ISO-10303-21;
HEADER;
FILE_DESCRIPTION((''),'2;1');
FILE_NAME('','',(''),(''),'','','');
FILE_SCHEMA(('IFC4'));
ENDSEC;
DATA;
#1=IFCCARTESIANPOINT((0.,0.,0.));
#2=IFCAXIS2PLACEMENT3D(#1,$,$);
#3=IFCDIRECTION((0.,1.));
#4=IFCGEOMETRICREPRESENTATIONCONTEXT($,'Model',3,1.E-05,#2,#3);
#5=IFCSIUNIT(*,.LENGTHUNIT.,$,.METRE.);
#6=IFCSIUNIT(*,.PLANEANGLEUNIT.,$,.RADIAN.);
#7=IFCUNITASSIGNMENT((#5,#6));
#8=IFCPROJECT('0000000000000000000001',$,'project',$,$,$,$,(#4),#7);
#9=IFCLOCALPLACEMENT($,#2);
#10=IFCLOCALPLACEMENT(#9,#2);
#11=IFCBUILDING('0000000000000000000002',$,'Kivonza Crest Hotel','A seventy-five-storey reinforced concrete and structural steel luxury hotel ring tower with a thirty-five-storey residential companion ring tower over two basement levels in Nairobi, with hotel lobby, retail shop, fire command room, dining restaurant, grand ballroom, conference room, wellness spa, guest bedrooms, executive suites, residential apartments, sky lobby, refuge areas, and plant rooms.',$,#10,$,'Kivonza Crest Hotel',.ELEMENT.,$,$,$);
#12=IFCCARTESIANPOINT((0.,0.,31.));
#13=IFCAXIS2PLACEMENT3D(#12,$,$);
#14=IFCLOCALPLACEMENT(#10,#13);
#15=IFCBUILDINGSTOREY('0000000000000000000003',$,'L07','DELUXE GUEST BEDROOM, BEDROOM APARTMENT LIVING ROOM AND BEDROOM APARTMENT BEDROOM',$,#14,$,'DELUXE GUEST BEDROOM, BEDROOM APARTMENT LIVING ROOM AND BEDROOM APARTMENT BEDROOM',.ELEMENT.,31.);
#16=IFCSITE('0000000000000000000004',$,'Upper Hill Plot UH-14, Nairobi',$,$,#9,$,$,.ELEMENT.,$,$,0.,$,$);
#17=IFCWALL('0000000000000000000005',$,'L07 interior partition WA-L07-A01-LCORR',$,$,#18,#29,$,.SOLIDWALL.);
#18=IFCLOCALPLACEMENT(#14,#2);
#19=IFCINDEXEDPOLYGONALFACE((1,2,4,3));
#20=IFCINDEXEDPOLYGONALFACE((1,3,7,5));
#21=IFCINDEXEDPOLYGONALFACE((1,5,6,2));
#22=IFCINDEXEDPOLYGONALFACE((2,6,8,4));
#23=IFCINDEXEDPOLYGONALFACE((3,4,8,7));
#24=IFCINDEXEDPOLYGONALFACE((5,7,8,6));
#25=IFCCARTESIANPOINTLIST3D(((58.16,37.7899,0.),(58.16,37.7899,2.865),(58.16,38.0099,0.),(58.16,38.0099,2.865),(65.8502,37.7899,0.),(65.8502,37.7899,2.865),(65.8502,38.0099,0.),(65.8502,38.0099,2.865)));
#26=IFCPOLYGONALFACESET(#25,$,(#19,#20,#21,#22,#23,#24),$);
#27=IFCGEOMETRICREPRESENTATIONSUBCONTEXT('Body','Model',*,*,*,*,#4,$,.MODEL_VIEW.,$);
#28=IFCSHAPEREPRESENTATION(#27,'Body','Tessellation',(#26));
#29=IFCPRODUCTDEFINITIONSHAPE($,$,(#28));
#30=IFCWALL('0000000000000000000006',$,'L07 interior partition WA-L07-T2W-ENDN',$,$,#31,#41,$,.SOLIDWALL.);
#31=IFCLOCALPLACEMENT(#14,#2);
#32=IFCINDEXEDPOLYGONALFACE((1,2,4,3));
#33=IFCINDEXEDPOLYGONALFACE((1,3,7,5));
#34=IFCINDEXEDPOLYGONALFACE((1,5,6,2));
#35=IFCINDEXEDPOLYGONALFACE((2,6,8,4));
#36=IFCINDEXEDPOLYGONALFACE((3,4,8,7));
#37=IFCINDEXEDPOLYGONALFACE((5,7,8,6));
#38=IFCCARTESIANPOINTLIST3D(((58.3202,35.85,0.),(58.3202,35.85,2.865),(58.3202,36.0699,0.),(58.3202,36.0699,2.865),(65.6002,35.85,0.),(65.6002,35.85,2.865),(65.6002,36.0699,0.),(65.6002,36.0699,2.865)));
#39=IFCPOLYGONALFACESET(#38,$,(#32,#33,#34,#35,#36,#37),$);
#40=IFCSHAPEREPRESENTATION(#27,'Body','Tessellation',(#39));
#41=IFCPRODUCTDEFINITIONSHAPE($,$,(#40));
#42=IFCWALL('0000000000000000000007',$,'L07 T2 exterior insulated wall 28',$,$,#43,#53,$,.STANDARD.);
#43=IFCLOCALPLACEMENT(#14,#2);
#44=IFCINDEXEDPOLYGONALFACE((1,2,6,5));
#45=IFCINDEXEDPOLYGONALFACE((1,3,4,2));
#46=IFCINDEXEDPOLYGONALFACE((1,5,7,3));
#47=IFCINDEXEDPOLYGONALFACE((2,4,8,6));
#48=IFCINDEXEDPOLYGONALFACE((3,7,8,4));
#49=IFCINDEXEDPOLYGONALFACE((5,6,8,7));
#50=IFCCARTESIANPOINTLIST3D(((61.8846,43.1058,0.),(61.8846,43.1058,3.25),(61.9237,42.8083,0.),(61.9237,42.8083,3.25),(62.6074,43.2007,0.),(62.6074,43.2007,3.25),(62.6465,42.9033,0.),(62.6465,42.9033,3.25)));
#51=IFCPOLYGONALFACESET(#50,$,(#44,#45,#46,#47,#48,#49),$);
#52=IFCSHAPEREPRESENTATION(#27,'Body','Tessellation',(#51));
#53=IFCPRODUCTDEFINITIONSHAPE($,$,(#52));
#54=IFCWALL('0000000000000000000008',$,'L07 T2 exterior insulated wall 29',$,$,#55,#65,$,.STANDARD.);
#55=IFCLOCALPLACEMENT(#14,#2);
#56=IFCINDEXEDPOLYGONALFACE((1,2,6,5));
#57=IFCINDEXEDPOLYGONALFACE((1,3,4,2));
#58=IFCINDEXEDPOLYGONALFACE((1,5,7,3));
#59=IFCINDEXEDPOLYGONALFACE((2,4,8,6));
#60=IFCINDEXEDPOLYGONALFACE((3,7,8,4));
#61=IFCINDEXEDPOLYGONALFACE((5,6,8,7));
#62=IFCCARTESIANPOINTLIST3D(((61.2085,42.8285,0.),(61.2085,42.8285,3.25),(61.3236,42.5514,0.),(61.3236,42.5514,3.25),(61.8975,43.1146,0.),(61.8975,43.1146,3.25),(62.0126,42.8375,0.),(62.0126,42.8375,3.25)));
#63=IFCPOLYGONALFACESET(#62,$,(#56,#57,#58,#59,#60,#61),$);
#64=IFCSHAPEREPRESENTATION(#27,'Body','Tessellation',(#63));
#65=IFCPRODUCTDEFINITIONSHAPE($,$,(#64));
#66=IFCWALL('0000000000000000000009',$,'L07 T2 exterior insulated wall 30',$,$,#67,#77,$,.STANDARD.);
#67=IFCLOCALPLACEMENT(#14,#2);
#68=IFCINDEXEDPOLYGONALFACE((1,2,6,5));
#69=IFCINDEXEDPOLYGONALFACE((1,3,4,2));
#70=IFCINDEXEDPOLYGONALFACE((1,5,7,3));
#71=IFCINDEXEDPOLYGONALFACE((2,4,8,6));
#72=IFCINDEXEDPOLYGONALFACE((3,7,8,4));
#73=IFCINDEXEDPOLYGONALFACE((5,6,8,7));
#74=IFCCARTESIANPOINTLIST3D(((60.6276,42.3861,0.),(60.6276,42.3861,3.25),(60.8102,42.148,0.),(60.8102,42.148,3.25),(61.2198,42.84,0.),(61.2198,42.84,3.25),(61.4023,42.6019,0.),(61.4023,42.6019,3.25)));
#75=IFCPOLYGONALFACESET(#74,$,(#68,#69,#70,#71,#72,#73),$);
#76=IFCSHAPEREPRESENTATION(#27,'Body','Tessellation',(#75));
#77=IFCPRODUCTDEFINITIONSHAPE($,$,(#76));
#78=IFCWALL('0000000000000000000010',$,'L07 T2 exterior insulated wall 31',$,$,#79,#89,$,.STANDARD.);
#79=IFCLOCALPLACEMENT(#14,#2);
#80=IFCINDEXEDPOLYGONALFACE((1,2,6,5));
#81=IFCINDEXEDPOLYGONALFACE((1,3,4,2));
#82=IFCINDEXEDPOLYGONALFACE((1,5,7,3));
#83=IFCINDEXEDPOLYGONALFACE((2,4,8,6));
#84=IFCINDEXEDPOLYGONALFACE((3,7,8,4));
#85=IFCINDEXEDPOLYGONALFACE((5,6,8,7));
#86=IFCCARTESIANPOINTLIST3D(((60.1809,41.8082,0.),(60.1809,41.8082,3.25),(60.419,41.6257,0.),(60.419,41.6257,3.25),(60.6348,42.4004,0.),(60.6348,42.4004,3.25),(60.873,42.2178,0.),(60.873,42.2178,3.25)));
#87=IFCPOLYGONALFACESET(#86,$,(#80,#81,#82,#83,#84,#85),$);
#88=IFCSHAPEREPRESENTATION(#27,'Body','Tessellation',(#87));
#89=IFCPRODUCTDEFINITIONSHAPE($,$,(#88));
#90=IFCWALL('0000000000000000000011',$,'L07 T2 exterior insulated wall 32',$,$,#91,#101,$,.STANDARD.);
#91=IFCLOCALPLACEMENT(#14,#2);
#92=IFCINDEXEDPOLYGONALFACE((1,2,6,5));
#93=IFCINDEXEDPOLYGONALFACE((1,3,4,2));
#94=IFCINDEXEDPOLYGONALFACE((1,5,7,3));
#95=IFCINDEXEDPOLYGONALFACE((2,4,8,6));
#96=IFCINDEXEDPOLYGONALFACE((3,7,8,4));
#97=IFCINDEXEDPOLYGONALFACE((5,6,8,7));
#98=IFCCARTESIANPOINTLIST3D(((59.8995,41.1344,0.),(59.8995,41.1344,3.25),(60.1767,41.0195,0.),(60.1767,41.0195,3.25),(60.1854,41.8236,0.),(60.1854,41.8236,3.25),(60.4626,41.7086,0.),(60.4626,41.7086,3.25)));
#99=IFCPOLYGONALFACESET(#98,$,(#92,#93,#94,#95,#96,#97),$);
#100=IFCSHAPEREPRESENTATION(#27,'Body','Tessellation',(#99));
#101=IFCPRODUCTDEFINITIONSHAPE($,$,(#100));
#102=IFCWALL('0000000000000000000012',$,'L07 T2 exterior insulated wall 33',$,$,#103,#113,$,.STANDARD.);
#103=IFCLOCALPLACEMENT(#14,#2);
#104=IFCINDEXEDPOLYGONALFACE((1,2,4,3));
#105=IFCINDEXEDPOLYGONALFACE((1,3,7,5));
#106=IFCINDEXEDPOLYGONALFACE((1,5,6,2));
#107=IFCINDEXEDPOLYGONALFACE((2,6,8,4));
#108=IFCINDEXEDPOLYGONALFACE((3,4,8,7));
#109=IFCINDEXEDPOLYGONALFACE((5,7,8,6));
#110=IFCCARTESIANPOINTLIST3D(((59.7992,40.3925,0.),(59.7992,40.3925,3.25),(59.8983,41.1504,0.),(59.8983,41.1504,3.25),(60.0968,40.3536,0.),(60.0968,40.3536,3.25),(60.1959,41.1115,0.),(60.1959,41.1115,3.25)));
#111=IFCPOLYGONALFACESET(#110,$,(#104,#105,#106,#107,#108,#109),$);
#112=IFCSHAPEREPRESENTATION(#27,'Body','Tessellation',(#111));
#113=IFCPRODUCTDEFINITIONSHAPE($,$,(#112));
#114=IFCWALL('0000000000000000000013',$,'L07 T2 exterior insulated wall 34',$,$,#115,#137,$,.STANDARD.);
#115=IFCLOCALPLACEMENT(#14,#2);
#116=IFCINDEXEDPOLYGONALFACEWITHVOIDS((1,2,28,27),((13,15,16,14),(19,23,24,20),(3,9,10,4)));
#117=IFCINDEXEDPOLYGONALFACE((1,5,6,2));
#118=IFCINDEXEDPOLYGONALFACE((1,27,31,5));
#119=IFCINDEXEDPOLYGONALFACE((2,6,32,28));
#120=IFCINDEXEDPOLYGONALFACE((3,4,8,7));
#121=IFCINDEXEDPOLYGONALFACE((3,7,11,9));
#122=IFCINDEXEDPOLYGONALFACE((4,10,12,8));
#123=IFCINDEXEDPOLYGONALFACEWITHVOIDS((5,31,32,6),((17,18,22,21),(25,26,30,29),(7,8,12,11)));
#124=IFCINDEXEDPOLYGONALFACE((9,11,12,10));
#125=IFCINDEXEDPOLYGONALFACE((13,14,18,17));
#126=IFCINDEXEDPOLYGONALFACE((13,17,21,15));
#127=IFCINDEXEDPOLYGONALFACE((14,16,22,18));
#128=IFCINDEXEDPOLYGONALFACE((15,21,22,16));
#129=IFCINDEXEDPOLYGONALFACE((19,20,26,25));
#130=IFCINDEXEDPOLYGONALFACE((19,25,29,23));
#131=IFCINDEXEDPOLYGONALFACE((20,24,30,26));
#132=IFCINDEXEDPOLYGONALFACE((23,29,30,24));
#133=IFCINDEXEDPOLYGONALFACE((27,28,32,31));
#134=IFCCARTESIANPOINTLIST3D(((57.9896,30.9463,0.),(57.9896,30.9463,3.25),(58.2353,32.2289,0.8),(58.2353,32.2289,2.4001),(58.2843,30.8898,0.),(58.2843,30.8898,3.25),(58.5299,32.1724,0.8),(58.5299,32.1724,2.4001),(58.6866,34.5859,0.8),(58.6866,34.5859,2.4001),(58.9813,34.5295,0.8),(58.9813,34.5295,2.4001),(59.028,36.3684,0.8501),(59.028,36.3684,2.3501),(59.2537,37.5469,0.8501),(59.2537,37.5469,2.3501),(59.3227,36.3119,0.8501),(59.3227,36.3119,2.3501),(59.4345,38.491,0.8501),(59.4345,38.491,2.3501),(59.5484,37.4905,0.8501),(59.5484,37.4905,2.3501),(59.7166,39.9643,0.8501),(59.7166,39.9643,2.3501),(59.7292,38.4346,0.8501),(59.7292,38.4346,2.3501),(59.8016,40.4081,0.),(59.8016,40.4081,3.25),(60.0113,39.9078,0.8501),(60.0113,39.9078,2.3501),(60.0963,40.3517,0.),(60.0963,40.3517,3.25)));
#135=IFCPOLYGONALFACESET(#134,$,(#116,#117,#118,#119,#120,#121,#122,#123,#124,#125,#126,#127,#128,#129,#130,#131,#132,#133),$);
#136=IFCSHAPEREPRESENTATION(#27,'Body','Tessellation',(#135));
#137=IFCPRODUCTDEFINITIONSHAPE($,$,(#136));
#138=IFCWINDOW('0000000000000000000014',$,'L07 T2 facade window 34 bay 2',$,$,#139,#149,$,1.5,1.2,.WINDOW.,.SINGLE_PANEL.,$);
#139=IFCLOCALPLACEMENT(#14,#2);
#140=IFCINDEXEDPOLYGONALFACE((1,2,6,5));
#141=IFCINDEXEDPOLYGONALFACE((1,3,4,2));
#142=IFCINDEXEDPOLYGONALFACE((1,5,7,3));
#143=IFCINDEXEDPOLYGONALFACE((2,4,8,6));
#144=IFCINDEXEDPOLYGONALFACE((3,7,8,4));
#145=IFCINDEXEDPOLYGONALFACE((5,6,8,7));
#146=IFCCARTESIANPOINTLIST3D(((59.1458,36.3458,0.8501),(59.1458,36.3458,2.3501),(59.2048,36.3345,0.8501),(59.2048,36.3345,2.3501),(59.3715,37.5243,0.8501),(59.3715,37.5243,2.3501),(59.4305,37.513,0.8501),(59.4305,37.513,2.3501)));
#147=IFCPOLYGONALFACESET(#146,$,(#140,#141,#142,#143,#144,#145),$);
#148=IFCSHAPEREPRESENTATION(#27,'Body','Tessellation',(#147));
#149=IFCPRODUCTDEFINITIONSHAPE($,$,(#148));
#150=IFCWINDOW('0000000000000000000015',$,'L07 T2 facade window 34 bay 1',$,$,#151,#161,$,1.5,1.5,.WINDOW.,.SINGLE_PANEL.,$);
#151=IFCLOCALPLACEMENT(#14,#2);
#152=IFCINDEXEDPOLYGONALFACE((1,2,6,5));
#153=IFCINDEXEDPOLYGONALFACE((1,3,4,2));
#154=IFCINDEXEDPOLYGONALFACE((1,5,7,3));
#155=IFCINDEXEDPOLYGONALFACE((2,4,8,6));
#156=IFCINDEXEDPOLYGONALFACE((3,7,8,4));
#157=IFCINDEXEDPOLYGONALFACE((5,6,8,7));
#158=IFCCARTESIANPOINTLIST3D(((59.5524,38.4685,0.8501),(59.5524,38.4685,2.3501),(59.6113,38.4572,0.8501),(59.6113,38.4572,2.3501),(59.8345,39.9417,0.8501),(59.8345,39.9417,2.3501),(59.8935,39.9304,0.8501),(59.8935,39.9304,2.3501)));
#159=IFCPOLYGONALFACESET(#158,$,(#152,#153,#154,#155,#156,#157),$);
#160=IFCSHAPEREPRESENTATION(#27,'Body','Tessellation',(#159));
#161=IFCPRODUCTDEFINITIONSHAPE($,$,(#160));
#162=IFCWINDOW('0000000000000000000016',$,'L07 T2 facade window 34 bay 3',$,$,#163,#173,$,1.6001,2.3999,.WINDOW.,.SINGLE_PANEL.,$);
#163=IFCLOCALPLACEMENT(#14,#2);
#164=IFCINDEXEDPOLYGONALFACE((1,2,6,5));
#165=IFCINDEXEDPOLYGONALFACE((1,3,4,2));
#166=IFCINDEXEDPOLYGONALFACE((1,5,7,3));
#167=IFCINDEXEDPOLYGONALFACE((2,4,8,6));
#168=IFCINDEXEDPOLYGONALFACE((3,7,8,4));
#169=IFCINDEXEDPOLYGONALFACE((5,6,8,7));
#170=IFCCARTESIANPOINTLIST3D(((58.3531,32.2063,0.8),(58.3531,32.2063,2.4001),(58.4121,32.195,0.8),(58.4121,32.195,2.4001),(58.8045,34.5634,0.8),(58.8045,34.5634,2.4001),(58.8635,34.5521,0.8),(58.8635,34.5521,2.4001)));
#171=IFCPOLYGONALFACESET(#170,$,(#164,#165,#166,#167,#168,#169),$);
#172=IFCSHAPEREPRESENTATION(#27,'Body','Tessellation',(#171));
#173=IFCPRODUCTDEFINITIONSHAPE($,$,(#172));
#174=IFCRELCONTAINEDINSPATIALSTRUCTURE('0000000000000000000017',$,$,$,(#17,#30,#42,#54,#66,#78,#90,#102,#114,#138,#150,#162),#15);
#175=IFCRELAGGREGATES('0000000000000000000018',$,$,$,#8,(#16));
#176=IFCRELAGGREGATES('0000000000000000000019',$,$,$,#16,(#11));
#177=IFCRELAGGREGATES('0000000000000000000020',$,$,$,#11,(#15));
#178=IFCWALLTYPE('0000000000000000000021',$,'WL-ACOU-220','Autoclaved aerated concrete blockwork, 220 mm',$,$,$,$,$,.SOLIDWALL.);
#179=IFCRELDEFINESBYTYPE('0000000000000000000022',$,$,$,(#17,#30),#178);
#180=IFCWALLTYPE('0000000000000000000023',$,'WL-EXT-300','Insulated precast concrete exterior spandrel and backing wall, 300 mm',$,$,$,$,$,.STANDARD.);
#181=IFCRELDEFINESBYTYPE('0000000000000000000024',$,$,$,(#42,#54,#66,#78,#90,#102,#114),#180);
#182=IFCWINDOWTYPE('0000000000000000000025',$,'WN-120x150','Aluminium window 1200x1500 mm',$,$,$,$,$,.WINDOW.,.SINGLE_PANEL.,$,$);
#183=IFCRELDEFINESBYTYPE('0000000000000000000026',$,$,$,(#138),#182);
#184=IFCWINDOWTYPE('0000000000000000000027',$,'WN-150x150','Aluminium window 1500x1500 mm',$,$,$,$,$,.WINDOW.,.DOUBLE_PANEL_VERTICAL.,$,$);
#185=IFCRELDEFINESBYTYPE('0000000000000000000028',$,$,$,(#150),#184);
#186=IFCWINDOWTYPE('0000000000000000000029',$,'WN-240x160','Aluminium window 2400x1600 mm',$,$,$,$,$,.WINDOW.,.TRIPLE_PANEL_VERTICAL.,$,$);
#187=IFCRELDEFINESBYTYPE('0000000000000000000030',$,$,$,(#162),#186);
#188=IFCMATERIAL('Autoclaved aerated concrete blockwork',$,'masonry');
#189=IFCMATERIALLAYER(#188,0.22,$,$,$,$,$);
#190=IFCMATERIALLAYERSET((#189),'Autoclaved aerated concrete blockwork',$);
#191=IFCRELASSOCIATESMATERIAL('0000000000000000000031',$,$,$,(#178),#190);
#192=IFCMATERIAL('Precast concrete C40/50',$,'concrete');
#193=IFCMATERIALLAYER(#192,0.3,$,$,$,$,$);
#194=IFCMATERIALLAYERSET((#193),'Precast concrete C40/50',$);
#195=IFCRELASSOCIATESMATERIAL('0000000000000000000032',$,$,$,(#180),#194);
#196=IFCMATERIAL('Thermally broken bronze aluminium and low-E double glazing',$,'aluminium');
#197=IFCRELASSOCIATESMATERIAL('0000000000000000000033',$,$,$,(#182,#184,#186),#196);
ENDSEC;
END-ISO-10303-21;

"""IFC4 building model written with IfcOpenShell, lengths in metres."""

from ifc_helpers import new_model, si_unit, direction, frame, frame_2d, origin, place, context, subcontext, project, spatial, rectangle, extrude, material, layer, layer_set, type_object, element, fill, save


model = new_model("IFC4")

# Units and contexts
model_context = context("Model", 3, precision=1e-05, world=origin(), true_north=direction((0.0, 1.0)))
body_context = subcontext(model_context, "Body", "Model", "MODEL_VIEW")
ifc_project = project(units=[si_unit("LENGTHUNIT", "METRE"), si_unit("PLANEANGLEUNIT", "RADIAN")], contexts=[model_context])

# Site, building, storey
site_placement = place(None, origin())
site = spatial("IfcSite", under=ifc_project, at=site_placement, Name="Upper Hill Plot UH-14, Nairobi", CompositionType="ELEMENT", RefElevation=0.0)
building_placement = place(site_placement, origin())
building = spatial("IfcBuilding", under=site, at=building_placement, Name="Kivonza Crest Hotel", Description="A seventy-five-storey reinforced concrete and structural steel luxury hotel ring tower with a thirty-five-storey residential companion ring tower over two basement levels in Nairobi, with hotel lobby, retail shop, fire command room, dining restaurant, grand ballroom, conference room, wellness spa, guest bedrooms, executive suites, residential apartments, sky lobby, refuge areas, and plant rooms.", LongName="Kivonza Crest Hotel", CompositionType="ELEMENT")
storey_placement = place(building_placement, frame((0.0, 0.0, 31.0)))
storey = spatial("IfcBuildingStorey", under=building, at=storey_placement, Name="L07", Description="DELUXE GUEST BEDROOM, BEDROOM APARTMENT LIVING ROOM AND BEDROOM APARTMENT BEDROOM", LongName="DELUXE GUEST BEDROOM, BEDROOM APARTMENT LIVING ROOM AND BEDROOM APARTMENT BEDROOM", CompositionType="ELEMENT", Elevation=31.0)

# Walls
ifc_material_1 = material(Name="Autoclaved aerated concrete blockwork", Category="masonry")
ifc_layer_1 = layer(ifc_material_1, 0.22)
ifc_layer_set_1 = layer_set([ifc_layer_1], Name="Autoclaved aerated concrete blockwork")
wall_type_1 = type_object("IfcWallType", Name="WL-ACOU-220", Description="Autoclaved aerated concrete blockwork, 220 mm", PredefinedType="SOLIDWALL", material=ifc_layer_set_1)
wall_1_placement = place(storey_placement, frame((58.1599, 37.8999, 0.0), z_axis=(0.0, 0.0, 1.0), x_axis=(1.0, 0.0, 0.0)))
element("IfcWall", 1, at=wall_1_placement, inside=storey, type_object=wall_type_1, Name="L07 interior partition WA-L07-A01-LCORR", PredefinedType="SOLIDWALL", context=body_context, shape_type="SweptSolid", body=[
    extrude(rectangle(XDim=7.6902, YDim=0.22, at=frame_2d((3.8452, 0.0))), origin(), (0.0, 0.0, 1.0), 2.865),
])
wall_2_placement = place(storey_placement, frame((58.3201, 35.96, 0.0), z_axis=(0.0, 0.0, 1.0), x_axis=(1.0, 0.0, 0.0)))
element("IfcWall", 2, at=wall_2_placement, inside=storey, type_object=wall_type_1, Name="L07 interior partition WA-L07-T2W-ENDN", PredefinedType="SOLIDWALL", context=body_context, shape_type="SweptSolid", body=[
    extrude(rectangle(XDim=7.28, YDim=0.22, at=frame_2d((3.6401, 0.0))), origin(), (0.0, 0.0, 1.0), 2.865),
])
ifc_material_2 = material(Name="Precast concrete C40/50", Category="concrete")
ifc_layer_2 = layer(ifc_material_2, 0.3)
ifc_layer_set_2 = layer_set([ifc_layer_2], Name="Precast concrete C40/50")
wall_type_2 = type_object("IfcWallType", Name="WL-EXT-300", Description="Insulated precast concrete exterior spandrel and backing wall, 300 mm", PredefinedType="STANDARD", material=ifc_layer_set_2)
wall_3_placement = place(storey_placement, frame((62.627, 43.052, 0.0), z_axis=(0.0, 0.0, 1.0), x_axis=(-0.99148, -0.130255, 0.0)))
element("IfcWall", 3, at=wall_3_placement, inside=storey, type_object=wall_type_2, Name="L07 T2 exterior insulated wall 28", PredefinedType="STANDARD", context=body_context, shape_type="SweptSolid", body=[
    extrude(rectangle(XDim=0.729, YDim=0.3, at=frame_2d((0.3645, 0.0))), origin(), (0.0, 0.0, 1.0), 3.25),
])
for number, where, z_axis, x_axis, name in (
    (4, (61.9551, 42.9761, 0.0), (0.0, 0.0, 1.0), (-0.923522, -0.383546, 0.0), "L07 T2 exterior insulated wall 29"),
    (5, (61.311, 42.7209, 0.0), (0.0, 0.0, 1.0), (-0.793633, -0.608397, 0.0), "L07 T2 exterior insulated wall 30"),
    (6, (60.7539, 42.3091, 0.0), (0.0, 0.0, 1.0), (-0.608397, -0.793633, 0.0), "L07 T2 exterior insulated wall 31"),
    (7, (60.324, 41.7661, 0.0), (0.0, 0.0, 1.0), (-0.383151, -0.923686, 0.0), "L07 T2 exterior insulated wall 32"),
):
    element("IfcWall", number, at=place(storey_placement, frame(where, z_axis=z_axis, x_axis=x_axis)), inside=storey, type_object=wall_type_2, Name=name, PredefinedType="STANDARD", context=body_context, shape_type="SweptSolid", body=[
        extrude(rectangle(XDim=0.7461, YDim=0.3, at=frame_2d((0.373, 0.0))), origin(), (0.0, 0.0, 1.0), 3.25),
    ])
wall_4_placement = place(storey_placement, frame((60.0471, 41.1311, 0.0), z_axis=(0.0, 0.0, 1.0), x_axis=(-0.129653, -0.991559, 0.0)))
element("IfcWall", 8, at=wall_4_placement, inside=storey, type_object=wall_type_2, Name="L07 T2 exterior insulated wall 33", PredefinedType="STANDARD", context=body_context, shape_type="SweptSolid", body=[
    extrude(rectangle(XDim=0.7644, YDim=0.3, at=frame_2d((0.3823, 0.0))), origin(), (0.0, 0.0, 1.0), 3.25),
])

# Wall, openings, windows
wall_5_placement = place(storey_placement, frame((59.949, 40.3799, 0.0), z_axis=(0.0, 0.0, 1.0), x_axis=(-0.188088, -0.982152, 0.0)))
wall_5 = element("IfcWall", 9, at=wall_5_placement, inside=storey, type_object=wall_type_2, Name="L07 T2 exterior insulated wall 34", PredefinedType="STANDARD", context=body_context, shape_type="SweptSolid", body=[
    extrude(rectangle(XDim=9.6338, YDim=0.3, at=frame_2d((4.8169, 0.0))), origin(), (0.0, 0.0, 1.0), 3.25),
])
opening_1_placement = place(wall_5_placement, frame((0.4519, 0.0, 0.8501)))
opening_1 = element("IfcOpeningElement", 10, at=opening_1_placement, cuts=wall_5, PredefinedType="OPENING", context=body_context, shape_type="SweptSolid", body=[
    extrude(rectangle(XDim=1.5, YDim=1.5, at=frame_2d((0.75, 0.75))), frame((0.0, 0.1602, 0.0), z_axis=(0.0, -1.0, 0.0), x_axis=(1.0, 0.0, 0.0)), (0.0, 0.0, 1.0), 0.3201),
])
opening_2_placement = place(wall_5_placement, frame((2.9131, 0.0, 0.8501)))
opening_2 = element("IfcOpeningElement", 11, at=opening_2_placement, cuts=wall_5, PredefinedType="OPENING", context=body_context, shape_type="SweptSolid", body=[
    extrude(rectangle(XDim=1.2, YDim=1.5, at=frame_2d((0.6001, 0.75))), frame((0.0, 0.1602, 0.0), z_axis=(0.0, -1.0, 0.0), x_axis=(1.0, 0.0, 0.0)), (0.0, 0.0, 1.0), 0.3201),
])
opening_3_placement = place(wall_5_placement, frame((5.928, 0.0, 0.8)))
opening_3 = element("IfcOpeningElement", 12, at=opening_3_placement, cuts=wall_5, PredefinedType="OPENING", context=body_context, shape_type="SweptSolid", body=[
    extrude(rectangle(XDim=2.3999, YDim=1.6001, at=frame_2d((1.2, 0.8))), frame((0.0, 0.1602, 0.0), z_axis=(0.0, -1.0, 0.0), x_axis=(1.0, 0.0, 0.0)), (0.0, 0.0, 1.0), 0.3201),
])
ifc_material_3 = material(Name="Thermally broken bronze aluminium and low-E double glazing", Category="aluminium")
window_type_1 = type_object("IfcWindowType", Name="WN-120x150", Description="Aluminium window 1200x1500 mm", PartitioningType="SINGLE_PANEL", PredefinedType="WINDOW", material=ifc_material_3)
window_1_placement = place(opening_2_placement, origin())
window_1 = element("IfcWindow", 13, at=window_1_placement, inside=storey, type_object=window_type_1, Name="L07 T2 facade window 34 bay 2", OverallHeight=1.5, OverallWidth=1.2, PartitioningType="SINGLE_PANEL", PredefinedType="WINDOW", context=body_context, shape_type="SweptSolid", body=[
    extrude(rectangle(XDim=1.2, YDim=1.5, at=frame_2d((0.6001, 0.75))), frame((0.0, 0.03, 0.0), z_axis=(0.0, -1.0, 0.0), x_axis=(1.0, 0.0, 0.0)), (0.0, 0.0, 1.0), 0.0601),
])
fill(opening_2, window_1)
window_type_2 = type_object("IfcWindowType", Name="WN-150x150", Description="Aluminium window 1500x1500 mm", PartitioningType="DOUBLE_PANEL_VERTICAL", PredefinedType="WINDOW", material=ifc_material_3)
window_2_placement = place(opening_1_placement, origin())
window_2 = element("IfcWindow", 14, at=window_2_placement, inside=storey, type_object=window_type_2, Name="L07 T2 facade window 34 bay 1", OverallHeight=1.5, OverallWidth=1.5, PartitioningType="SINGLE_PANEL", PredefinedType="WINDOW", context=body_context, shape_type="SweptSolid", body=[
    extrude(rectangle(XDim=1.5, YDim=1.5, at=frame_2d((0.75, 0.75))), frame((0.0, 0.03, 0.0), z_axis=(0.0, -1.0, 0.0), x_axis=(1.0, 0.0, 0.0)), (0.0, 0.0, 1.0), 0.0601),
])
fill(opening_1, window_2)
window_type_3 = type_object("IfcWindowType", Name="WN-240x160", Description="Aluminium window 2400x1600 mm", PartitioningType="TRIPLE_PANEL_VERTICAL", PredefinedType="WINDOW", material=ifc_material_3)
window_3_placement = place(opening_3_placement, origin())
window_3 = element("IfcWindow", 15, at=window_3_placement, inside=storey, type_object=window_type_3, Name="L07 T2 facade window 34 bay 3", OverallHeight=1.6001, OverallWidth=2.3999, PartitioningType="SINGLE_PANEL", PredefinedType="WINDOW", context=body_context, shape_type="SweptSolid", body=[
    extrude(rectangle(XDim=2.3999, YDim=1.6001, at=frame_2d((1.2, 0.8))), frame((0.0, 0.03, 0.0), z_axis=(0.0, -1.0, 0.0), x_axis=(1.0, 0.0, 0.0)), (0.0, 0.0, 1.0), 0.0601),
])
fill(opening_3, window_3)

save(model, "model.ifc")
